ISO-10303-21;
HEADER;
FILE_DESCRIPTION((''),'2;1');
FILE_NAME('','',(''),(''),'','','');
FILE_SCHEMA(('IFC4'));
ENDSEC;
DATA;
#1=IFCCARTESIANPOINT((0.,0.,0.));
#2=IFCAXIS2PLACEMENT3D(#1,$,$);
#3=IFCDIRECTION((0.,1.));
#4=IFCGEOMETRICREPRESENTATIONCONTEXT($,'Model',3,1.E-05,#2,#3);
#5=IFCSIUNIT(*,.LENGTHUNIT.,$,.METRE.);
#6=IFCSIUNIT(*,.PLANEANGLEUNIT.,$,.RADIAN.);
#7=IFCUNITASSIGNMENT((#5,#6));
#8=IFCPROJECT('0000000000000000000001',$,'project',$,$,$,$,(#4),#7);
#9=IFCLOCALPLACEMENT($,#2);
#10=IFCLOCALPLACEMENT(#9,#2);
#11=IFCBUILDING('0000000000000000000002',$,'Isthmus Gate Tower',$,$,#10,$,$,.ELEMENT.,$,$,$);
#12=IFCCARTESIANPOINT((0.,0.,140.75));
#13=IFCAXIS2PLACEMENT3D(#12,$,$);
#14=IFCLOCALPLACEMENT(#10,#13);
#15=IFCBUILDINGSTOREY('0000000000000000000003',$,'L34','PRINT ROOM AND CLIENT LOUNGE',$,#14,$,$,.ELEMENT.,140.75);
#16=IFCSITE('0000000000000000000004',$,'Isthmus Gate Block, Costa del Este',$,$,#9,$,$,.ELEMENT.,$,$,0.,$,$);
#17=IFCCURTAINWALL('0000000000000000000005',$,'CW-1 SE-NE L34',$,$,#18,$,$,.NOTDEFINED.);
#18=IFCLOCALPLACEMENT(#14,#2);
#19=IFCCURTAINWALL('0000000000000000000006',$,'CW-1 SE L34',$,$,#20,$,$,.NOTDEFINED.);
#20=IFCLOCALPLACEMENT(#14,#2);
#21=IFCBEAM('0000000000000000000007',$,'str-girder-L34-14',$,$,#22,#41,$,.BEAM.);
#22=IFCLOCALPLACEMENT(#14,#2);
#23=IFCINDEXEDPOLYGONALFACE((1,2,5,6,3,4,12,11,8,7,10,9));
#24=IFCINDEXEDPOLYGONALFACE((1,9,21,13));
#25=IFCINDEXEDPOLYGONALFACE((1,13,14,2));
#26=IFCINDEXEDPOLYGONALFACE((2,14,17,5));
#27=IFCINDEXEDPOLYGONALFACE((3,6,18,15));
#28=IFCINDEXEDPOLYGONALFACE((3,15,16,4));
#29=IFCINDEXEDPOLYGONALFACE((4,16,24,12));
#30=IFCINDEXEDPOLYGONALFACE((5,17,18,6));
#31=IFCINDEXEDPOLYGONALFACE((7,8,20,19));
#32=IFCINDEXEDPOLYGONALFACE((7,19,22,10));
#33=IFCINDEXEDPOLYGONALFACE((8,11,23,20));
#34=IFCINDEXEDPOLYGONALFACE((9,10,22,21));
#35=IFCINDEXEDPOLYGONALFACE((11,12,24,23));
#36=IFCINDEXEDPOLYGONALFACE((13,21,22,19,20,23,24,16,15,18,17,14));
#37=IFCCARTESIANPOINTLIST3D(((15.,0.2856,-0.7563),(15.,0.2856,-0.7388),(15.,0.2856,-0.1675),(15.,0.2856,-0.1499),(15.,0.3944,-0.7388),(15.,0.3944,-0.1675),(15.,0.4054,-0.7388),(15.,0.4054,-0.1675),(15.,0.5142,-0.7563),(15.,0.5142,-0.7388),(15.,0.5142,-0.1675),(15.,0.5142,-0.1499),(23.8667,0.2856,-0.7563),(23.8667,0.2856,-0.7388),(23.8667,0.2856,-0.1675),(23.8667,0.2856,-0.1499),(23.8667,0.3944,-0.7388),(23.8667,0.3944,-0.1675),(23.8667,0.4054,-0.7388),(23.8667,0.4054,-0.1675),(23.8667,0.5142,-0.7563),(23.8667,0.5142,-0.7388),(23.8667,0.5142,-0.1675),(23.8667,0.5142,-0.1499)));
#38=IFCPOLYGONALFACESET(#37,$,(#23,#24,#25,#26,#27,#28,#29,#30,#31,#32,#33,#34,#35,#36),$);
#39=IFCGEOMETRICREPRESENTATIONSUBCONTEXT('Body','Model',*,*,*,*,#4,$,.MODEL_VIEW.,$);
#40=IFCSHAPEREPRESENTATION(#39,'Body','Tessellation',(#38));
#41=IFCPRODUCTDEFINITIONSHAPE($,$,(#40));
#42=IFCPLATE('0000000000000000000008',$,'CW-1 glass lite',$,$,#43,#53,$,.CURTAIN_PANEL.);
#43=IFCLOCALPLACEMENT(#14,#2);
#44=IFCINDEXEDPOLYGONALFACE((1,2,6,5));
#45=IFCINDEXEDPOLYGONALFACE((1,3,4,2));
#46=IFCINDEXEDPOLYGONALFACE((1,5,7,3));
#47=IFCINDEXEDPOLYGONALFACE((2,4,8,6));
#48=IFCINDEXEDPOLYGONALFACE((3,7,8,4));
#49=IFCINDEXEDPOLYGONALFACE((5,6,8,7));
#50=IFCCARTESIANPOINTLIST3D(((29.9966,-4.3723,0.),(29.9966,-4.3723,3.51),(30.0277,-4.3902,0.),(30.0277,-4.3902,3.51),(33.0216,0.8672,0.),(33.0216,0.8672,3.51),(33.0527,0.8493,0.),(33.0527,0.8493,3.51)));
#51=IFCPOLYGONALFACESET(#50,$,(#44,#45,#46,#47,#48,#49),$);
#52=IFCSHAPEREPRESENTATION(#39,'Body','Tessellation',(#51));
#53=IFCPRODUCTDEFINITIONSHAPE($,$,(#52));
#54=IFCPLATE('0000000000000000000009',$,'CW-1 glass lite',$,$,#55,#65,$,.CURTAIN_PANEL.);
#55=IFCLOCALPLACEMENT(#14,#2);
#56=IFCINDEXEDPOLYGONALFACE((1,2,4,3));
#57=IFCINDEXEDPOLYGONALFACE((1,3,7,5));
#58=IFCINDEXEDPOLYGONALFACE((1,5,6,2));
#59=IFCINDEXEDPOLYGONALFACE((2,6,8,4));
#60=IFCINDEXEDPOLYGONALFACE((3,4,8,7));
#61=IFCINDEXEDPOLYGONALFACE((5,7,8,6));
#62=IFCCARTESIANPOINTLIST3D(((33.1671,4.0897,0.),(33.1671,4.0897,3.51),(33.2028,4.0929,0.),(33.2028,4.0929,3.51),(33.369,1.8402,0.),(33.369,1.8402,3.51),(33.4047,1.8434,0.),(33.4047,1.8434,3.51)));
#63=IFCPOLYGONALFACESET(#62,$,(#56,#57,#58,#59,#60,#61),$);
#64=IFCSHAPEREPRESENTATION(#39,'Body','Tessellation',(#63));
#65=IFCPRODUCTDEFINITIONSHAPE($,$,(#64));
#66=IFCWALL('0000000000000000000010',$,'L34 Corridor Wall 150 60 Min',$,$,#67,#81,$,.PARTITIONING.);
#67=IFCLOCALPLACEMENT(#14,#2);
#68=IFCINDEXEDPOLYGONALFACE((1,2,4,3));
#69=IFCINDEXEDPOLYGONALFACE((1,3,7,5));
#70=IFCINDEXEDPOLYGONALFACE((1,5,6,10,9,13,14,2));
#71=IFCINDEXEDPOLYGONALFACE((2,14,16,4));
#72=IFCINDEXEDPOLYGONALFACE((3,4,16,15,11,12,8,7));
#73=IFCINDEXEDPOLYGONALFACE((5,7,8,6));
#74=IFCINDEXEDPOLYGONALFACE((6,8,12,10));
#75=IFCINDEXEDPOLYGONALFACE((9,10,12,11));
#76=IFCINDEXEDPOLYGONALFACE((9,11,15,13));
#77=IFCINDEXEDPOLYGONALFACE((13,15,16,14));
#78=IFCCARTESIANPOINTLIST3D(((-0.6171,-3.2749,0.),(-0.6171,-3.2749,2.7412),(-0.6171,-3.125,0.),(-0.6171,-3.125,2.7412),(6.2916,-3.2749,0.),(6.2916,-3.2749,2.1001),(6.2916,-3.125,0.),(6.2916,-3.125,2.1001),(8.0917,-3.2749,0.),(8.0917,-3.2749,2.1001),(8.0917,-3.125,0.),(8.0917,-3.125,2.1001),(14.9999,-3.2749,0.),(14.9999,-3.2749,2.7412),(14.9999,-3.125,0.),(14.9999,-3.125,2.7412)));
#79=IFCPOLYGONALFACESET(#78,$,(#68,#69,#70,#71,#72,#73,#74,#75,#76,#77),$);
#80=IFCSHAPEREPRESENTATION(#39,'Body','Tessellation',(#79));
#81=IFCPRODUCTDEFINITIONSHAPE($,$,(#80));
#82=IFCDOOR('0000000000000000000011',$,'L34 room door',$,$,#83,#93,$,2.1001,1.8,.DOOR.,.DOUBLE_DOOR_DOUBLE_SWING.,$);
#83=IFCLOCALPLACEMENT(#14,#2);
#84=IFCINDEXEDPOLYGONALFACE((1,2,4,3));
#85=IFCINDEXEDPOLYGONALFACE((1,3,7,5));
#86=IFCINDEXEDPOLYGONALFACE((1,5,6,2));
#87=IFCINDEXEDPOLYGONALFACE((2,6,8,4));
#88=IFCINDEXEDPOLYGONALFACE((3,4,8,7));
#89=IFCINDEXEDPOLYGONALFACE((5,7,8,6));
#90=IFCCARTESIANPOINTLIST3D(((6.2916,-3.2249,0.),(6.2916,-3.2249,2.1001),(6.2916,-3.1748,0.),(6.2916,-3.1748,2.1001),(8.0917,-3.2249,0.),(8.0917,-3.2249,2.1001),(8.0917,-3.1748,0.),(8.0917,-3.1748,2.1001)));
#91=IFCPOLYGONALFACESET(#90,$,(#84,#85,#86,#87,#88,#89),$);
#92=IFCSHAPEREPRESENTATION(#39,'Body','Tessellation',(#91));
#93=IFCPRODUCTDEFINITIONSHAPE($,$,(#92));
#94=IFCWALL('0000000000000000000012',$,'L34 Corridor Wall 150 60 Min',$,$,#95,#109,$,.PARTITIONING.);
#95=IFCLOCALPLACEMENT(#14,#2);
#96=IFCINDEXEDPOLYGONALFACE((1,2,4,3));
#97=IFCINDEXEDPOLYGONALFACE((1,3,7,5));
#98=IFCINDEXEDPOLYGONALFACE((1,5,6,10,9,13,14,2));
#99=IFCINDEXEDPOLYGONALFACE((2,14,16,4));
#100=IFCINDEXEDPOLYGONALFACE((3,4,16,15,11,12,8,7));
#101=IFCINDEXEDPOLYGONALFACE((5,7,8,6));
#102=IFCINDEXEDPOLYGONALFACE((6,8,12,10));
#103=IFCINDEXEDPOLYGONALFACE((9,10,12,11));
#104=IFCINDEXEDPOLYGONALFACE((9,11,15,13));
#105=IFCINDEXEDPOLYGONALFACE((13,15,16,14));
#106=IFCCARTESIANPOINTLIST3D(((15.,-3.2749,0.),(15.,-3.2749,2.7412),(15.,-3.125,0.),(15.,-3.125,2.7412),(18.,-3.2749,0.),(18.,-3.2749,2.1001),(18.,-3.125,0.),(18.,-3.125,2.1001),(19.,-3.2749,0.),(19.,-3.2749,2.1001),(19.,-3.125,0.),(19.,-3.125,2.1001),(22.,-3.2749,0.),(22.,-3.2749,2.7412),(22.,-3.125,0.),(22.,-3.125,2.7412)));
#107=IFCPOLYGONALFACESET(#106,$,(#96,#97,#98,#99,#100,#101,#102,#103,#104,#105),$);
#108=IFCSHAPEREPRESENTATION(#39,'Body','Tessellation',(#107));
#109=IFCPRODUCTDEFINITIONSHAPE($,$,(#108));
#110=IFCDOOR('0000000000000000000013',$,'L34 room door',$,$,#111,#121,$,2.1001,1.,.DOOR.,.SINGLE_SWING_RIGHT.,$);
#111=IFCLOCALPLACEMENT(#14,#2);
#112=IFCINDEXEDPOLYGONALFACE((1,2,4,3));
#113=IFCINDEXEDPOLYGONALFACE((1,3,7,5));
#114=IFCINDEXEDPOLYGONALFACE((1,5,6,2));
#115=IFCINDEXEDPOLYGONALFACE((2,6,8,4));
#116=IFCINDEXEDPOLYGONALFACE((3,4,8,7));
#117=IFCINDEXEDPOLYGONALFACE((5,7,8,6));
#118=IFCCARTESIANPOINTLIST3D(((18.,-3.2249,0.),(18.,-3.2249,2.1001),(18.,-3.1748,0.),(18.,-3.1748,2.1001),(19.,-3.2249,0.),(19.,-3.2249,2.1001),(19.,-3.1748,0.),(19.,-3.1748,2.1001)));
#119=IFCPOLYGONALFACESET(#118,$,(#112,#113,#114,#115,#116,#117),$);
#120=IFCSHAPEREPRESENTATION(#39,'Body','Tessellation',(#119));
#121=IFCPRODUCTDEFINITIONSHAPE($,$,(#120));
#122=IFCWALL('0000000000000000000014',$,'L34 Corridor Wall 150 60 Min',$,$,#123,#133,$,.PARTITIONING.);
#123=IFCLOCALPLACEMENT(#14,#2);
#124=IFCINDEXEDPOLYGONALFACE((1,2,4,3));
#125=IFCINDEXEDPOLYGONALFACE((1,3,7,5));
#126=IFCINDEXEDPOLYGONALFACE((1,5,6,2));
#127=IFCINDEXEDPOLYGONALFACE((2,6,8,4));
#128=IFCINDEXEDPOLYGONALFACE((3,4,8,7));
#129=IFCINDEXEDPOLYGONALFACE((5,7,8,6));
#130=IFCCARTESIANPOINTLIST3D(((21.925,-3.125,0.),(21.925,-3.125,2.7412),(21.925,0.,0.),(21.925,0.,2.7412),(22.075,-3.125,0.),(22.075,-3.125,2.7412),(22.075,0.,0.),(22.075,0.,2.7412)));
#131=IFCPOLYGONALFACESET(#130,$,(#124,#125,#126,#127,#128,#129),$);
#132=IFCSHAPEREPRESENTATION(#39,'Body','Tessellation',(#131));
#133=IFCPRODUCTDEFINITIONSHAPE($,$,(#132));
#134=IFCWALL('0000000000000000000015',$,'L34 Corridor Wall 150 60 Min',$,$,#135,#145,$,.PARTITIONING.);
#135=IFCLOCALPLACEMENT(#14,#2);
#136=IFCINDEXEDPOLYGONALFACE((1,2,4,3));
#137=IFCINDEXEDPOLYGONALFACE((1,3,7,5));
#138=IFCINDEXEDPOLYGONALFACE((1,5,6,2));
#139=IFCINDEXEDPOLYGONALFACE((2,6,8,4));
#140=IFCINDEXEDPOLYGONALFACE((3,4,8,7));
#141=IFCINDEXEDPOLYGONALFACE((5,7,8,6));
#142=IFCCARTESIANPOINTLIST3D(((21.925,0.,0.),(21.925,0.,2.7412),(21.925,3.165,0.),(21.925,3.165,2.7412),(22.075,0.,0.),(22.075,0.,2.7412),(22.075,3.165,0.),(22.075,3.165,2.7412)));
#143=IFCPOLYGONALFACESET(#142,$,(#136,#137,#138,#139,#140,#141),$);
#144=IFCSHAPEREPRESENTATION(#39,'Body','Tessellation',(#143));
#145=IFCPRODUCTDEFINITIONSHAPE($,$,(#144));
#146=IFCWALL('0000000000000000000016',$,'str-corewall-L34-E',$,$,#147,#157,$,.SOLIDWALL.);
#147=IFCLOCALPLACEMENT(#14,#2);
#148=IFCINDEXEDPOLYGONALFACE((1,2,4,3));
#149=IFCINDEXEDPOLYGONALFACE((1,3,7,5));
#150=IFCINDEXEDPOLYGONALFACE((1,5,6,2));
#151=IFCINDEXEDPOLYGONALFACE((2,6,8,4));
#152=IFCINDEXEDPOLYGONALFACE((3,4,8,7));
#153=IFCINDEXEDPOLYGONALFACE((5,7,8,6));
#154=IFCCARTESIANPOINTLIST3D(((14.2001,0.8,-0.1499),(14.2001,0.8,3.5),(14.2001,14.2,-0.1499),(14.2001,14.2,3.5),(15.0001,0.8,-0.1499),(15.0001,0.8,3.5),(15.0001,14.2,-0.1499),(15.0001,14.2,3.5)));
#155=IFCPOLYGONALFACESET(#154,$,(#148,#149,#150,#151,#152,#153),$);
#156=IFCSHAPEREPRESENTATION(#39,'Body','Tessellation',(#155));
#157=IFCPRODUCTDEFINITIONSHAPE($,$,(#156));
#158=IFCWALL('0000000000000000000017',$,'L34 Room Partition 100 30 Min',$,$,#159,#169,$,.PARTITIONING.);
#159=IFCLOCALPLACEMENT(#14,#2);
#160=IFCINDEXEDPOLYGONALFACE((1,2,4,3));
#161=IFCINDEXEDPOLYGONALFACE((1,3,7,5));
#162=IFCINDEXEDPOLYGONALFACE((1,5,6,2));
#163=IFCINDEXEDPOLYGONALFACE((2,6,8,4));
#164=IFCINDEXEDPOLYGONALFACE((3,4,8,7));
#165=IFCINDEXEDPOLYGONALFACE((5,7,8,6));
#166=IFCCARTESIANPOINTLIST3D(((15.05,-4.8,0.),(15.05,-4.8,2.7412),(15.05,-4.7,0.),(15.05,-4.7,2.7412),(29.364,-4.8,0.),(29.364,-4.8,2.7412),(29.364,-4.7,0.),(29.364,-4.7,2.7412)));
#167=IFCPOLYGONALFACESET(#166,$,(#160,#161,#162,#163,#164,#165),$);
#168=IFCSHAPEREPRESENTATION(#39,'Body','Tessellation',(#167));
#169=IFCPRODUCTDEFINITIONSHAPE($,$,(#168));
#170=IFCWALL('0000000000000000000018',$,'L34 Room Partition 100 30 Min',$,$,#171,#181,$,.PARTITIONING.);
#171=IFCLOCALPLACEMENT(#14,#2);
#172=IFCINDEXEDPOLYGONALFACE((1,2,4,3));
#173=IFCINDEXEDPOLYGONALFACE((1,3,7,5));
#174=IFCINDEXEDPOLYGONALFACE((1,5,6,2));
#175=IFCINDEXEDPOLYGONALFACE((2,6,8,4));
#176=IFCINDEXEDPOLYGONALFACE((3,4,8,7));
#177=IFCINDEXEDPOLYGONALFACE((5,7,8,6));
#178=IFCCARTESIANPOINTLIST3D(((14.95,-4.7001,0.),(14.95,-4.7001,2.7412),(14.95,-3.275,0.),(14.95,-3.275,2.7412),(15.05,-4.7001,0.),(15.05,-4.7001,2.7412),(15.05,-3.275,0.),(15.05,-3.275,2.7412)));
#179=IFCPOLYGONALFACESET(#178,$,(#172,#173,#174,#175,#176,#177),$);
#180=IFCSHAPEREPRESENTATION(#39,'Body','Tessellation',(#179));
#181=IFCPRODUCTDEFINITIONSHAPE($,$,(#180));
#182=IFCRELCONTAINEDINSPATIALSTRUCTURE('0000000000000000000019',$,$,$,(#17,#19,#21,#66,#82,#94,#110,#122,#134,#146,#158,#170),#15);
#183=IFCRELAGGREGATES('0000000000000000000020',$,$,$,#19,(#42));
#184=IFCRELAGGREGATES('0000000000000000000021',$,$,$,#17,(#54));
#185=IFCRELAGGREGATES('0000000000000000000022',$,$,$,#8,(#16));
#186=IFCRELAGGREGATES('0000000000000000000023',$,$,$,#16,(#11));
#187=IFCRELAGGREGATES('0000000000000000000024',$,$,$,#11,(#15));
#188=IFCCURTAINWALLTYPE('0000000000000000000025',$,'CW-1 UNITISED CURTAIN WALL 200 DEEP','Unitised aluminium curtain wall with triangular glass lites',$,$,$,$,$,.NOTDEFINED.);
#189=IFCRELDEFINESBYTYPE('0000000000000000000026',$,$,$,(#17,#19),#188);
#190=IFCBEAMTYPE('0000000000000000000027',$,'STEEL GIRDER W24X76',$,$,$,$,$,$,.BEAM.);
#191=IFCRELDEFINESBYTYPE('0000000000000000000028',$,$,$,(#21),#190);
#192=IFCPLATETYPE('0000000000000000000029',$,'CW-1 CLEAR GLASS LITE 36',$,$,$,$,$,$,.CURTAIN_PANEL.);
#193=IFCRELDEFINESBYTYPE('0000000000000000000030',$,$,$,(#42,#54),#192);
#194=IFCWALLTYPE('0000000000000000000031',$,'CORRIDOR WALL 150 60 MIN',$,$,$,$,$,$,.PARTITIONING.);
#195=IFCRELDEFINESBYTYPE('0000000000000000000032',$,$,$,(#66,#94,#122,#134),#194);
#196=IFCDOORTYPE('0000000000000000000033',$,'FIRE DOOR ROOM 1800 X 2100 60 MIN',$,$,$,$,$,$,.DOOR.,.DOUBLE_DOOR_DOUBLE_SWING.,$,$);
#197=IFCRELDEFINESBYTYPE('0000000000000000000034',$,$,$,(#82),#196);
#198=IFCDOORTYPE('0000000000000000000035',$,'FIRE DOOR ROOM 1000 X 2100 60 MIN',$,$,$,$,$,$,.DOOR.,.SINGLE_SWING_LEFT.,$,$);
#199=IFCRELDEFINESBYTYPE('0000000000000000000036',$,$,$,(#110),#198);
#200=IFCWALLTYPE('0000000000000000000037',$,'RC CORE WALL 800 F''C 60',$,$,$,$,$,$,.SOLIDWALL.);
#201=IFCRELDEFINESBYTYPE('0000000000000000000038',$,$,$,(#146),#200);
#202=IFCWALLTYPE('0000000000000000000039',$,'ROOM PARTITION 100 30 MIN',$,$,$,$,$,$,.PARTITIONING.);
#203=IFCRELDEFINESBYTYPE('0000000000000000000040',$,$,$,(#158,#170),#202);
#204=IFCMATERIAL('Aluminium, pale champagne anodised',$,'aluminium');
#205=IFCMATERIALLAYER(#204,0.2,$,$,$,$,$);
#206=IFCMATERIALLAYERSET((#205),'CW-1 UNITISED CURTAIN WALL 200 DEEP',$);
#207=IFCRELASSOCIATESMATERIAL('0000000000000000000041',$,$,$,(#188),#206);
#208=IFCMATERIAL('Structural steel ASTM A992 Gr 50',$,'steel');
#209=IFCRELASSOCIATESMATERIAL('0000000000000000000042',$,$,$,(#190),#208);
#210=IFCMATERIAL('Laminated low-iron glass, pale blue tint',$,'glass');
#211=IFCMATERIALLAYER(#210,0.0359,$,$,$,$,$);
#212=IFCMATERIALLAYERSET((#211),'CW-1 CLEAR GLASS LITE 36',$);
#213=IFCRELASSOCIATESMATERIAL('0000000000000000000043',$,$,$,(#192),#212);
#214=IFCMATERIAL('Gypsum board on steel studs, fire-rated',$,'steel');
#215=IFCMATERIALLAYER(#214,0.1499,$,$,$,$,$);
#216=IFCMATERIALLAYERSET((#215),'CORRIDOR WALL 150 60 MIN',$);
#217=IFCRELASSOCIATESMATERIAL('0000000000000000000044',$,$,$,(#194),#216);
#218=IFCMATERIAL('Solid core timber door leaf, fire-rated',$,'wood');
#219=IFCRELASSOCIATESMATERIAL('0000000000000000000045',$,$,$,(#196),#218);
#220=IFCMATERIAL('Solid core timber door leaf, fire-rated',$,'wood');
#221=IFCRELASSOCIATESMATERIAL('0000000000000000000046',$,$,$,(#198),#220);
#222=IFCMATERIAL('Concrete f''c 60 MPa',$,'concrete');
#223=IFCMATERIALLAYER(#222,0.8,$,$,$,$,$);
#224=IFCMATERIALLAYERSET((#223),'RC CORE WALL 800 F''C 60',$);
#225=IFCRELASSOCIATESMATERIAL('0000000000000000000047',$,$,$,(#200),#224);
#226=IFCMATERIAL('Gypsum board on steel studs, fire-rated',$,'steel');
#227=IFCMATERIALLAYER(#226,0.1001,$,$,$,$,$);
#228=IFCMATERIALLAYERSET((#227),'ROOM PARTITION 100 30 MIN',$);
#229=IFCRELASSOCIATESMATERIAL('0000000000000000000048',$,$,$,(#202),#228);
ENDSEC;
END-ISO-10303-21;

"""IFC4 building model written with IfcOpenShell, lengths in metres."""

from ifc_helpers import new_model, si_unit, direction, frame, frame_2d, origin, origin_2d, place, context, subcontext, project, spatial, rectangle, i_section, extrude, material, layer, layer_set, material_profile, profile_set, type_object, element, fill, aggregate, save


model = new_model("IFC4")

# Units and contexts
model_context = context("Model", 3, precision=1e-05, world=origin(), true_north=direction((0.0, 1.0)))
body_context = subcontext(model_context, "Body", "Model", "MODEL_VIEW")
ifc_project = project(units=[si_unit("LENGTHUNIT", "METRE"), si_unit("PLANEANGLEUNIT", "RADIAN")], contexts=[model_context])

# Site, building, storey
site_placement = place(None, origin())
site = spatial("IfcSite", under=ifc_project, at=site_placement, Name="Isthmus Gate Block, Costa del Este", CompositionType="ELEMENT", RefElevation=0.0)
building_placement = place(site_placement, origin())
building = spatial("IfcBuilding", under=site, at=building_placement, Name="Isthmus Gate Tower", CompositionType="ELEMENT")
storey_placement = place(building_placement, frame((0.0, 0.0, 140.75)))
storey = spatial("IfcBuildingStorey", under=building, at=storey_placement, Name="L34", Description="PRINT ROOM AND CLIENT LOUNGE", CompositionType="ELEMENT", Elevation=140.75)

# Curtain walls
ifc_material_1 = material(Name="Aluminium, pale champagne anodised", Category="aluminium")
ifc_layer_1 = layer(ifc_material_1, 0.2)
ifc_layer_set_1 = layer_set([ifc_layer_1], Name="CW-1 UNITISED CURTAIN WALL 200 DEEP")
curtain_wall_type = type_object("IfcCurtainWallType", Name="CW-1 UNITISED CURTAIN WALL 200 DEEP", Description="Unitised aluminium curtain wall with triangular glass lites", PredefinedType="NOTDEFINED", material=ifc_layer_set_1)
curtain_wall_1_placement = place(storey_placement, origin())
curtain_wall_1 = element("IfcCurtainWall", 1, at=curtain_wall_1_placement, inside=storey, type_object=curtain_wall_type, Name="CW-1 SE-NE L34", PredefinedType="NOTDEFINED")
curtain_wall_2_placement = place(storey_placement, origin())
curtain_wall_2 = element("IfcCurtainWall", 2, at=curtain_wall_2_placement, inside=storey, type_object=curtain_wall_type, Name="CW-1 SE L34", PredefinedType="NOTDEFINED")

# Beam
ifc_material_2 = material(Name="Structural steel ASTM A992 Gr 50", Category="steel")
ifc_material_profile_1 = material_profile(ifc_material_2, i_section(OverallWidth=0.2285, OverallDepth=0.6064, WebThickness=0.011, FlangeThickness=0.0176, at=origin_2d()), Name="W24X76")
ifc_profile_set_1 = profile_set([ifc_material_profile_1], Name="Structural steel ASTM A992 Gr 50")
beam_type_1 = type_object("IfcBeamType", Name="STEEL GIRDER W24X76", PredefinedType="BEAM", material=ifc_profile_set_1)
beam_1_placement = place(storey_placement, frame((15.0, 0.3999, -0.4531), z_axis=(1.0, 0.0, 0.0), x_axis=(0.0, 1.0, 0.0)))
element("IfcBeam", 3, at=beam_1_placement, inside=storey, type_object=beam_type_1, Name="str-girder-L34-14", PredefinedType="BEAM", context=body_context, shape_type="SweptSolid", body=[
    extrude(i_section(OverallWidth=0.2285, OverallDepth=0.6064, WebThickness=0.011, FlangeThickness=0.0176, at=origin_2d()), origin(), (0.0, 0.0, 1.0), 8.8667),
])

# Plates
ifc_material_3 = material(Name="Laminated low-iron glass, pale blue tint", Category="glass")
ifc_layer_2 = layer(ifc_material_3, 0.0359)
ifc_layer_set_2 = layer_set([ifc_layer_2], Name="CW-1 CLEAR GLASS LITE 36")
plate_type = type_object("IfcPlateType", Name="CW-1 CLEAR GLASS LITE 36", PredefinedType="CURTAIN_PANEL", material=ifc_layer_set_2)
plate_1_placement = place(storey_placement, frame((31.5247, -1.7615, 0.0), z_axis=(0.0, 0.0, 1.0), x_axis=(0.5, 0.866025, 0.0)))
plate_1 = element("IfcPlate", 4, at=plate_1_placement, type_object=plate_type, Name="CW-1 glass lite", PredefinedType="CURTAIN_PANEL", context=body_context, shape_type="SweptSolid", body=[
    extrude(rectangle(XDim=6.05, YDim=0.0359, at=origin_2d()), origin(), (0.0, 0.0, 1.0), 3.51),
])
aggregate(curtain_wall_2, [plate_1])
plate_2_placement = place(storey_placement, frame((33.2859, 2.9666, 0.0), z_axis=(0.0, 0.0, 1.0), x_axis=(-0.089397, 0.995996, 0.0)))
plate_2 = element("IfcPlate", 5, at=plate_2_placement, type_object=plate_type, Name="CW-1 glass lite", PredefinedType="CURTAIN_PANEL", context=body_context, shape_type="SweptSolid", body=[
    extrude(rectangle(XDim=2.2585, YDim=0.0359, at=origin_2d()), origin(), (0.0, 0.0, 1.0), 3.51),
])
aggregate(curtain_wall_1, [plate_2])

# Walls, openings, doors
ifc_material_4 = material(Name="Gypsum board on steel studs, fire-rated", Category="steel")
ifc_layer_3 = layer(ifc_material_4, 0.1499)
ifc_layer_set_3 = layer_set([ifc_layer_3], Name="CORRIDOR WALL 150 60 MIN")
wall_type_1 = type_object("IfcWallType", Name="CORRIDOR WALL 150 60 MIN", PredefinedType="PARTITIONING", material=ifc_layer_set_3)
wall_1_placement = place(storey_placement, frame((15.0, -3.2, 0.0), z_axis=(0.0, 0.0, 1.0), x_axis=(-1.0, 0.0, 0.0)))
wall_1 = element("IfcWall", 6, at=wall_1_placement, inside=storey, type_object=wall_type_1, Name="L34 Corridor Wall 150 60 Min", PredefinedType="PARTITIONING", context=body_context, shape_type="SweptSolid", body=[
    extrude(rectangle(XDim=15.6169, YDim=0.1499, at=frame_2d((7.8086, 0.0))), origin(), (0.0, 0.0, 1.0), 2.7412),
])
opening_1_placement = place(wall_1_placement, frame((6.9084, 0.0, 0.0)))
opening_1 = element("IfcOpeningElement", 7, at=opening_1_placement, cuts=wall_1, PredefinedType="OPENING", context=body_context, shape_type="SweptSolid", body=[
    extrude(rectangle(XDim=1.8, YDim=2.1001, at=frame_2d((0.8999, 1.05))), frame((0.0, 0.085, 0.0), z_axis=(0.0, -1.0, 0.0), x_axis=(1.0, 0.0, 0.0)), (0.0, 0.0, 1.0), 0.1699),
])
ifc_material_5 = material(Name="Solid core timber door leaf, fire-rated", Category="wood")
door_type_1 = type_object("IfcDoorType", Name="FIRE DOOR ROOM 1800 X 2100 60 MIN", OperationType="DOUBLE_DOOR_DOUBLE_SWING", PredefinedType="DOOR", material=ifc_material_5)
door_1_placement = place(opening_1_placement, origin())
door_1 = element("IfcDoor", 8, at=door_1_placement, inside=storey, type_object=door_type_1, Name="L34 room door", OperationType="DOUBLE_DOOR_DOUBLE_SWING", OverallHeight=2.1001, OverallWidth=1.8, PredefinedType="DOOR", context=body_context, shape_type="SweptSolid", body=[
    extrude(rectangle(XDim=1.8, YDim=2.1001, at=frame_2d((0.8999, 1.05))), frame((0.0, 0.0249, 0.0), z_axis=(0.0, -1.0, 0.0), x_axis=(1.0, 0.0, 0.0)), (0.0, 0.0, 1.0), 0.05),
])
fill(opening_1, door_1)
wall_2_placement = place(storey_placement, frame((22.0, -3.2, 0.0), z_axis=(0.0, 0.0, 1.0), x_axis=(-1.0, 0.0, 0.0)))
wall_2 = element("IfcWall", 9, at=wall_2_placement, inside=storey, type_object=wall_type_1, Name="L34 Corridor Wall 150 60 Min", PredefinedType="PARTITIONING", context=body_context, shape_type="SweptSolid", body=[
    extrude(rectangle(XDim=7.0, YDim=0.1499, at=frame_2d((3.5, 0.0))), origin(), (0.0, 0.0, 1.0), 2.7412),
])
opening_2_placement = place(wall_2_placement, frame((3.0, 0.0, 0.0)))
opening_2 = element("IfcOpeningElement", 10, at=opening_2_placement, cuts=wall_2, PredefinedType="OPENING", context=body_context, shape_type="SweptSolid", body=[
    extrude(rectangle(XDim=1.0, YDim=2.1001, at=frame_2d((0.5, 1.05))), frame((0.0, 0.085, 0.0), z_axis=(0.0, -1.0, 0.0), x_axis=(1.0, 0.0, 0.0)), (0.0, 0.0, 1.0), 0.1699),
])
ifc_material_6 = material(Name="Solid core timber door leaf, fire-rated", Category="wood")
door_type_2 = type_object("IfcDoorType", Name="FIRE DOOR ROOM 1000 X 2100 60 MIN", OperationType="SINGLE_SWING_LEFT", PredefinedType="DOOR", material=ifc_material_6)
door_2_placement = place(opening_2_placement, origin())
door_2 = element("IfcDoor", 11, at=door_2_placement, inside=storey, type_object=door_type_2, Name="L34 room door", OperationType="SINGLE_SWING_RIGHT", OverallHeight=2.1001, OverallWidth=1.0, PredefinedType="DOOR", context=body_context, shape_type="SweptSolid", body=[
    extrude(rectangle(XDim=1.0, YDim=2.1001, at=frame_2d((0.5, 1.05))), frame((0.0, 0.0249, 0.0), z_axis=(0.0, -1.0, 0.0), x_axis=(1.0, 0.0, 0.0)), (0.0, 0.0, 1.0), 0.05),
])
fill(opening_2, door_2)

# Walls
wall_3_placement = place(storey_placement, frame((22.0, 0.0, 0.0), z_axis=(0.0, 0.0, 1.0), x_axis=(0.0, -1.0, 0.0)))
element("IfcWall", 12, at=wall_3_placement, inside=storey, type_object=wall_type_1, Name="L34 Corridor Wall 150 60 Min", PredefinedType="PARTITIONING", context=body_context, shape_type="SweptSolid", body=[
    extrude(rectangle(XDim=3.125, YDim=0.1499, at=frame_2d((1.5625, 0.0))), origin(), (0.0, 0.0, 1.0), 2.7412),
])
wall_4_placement = place(storey_placement, frame((22.0, 3.165, 0.0), z_axis=(0.0, 0.0, 1.0), x_axis=(0.0, -1.0, 0.0)))
element("IfcWall", 13, at=wall_4_placement, inside=storey, type_object=wall_type_1, Name="L34 Corridor Wall 150 60 Min", PredefinedType="PARTITIONING", context=body_context, shape_type="SweptSolid", body=[
    extrude(rectangle(XDim=3.165, YDim=0.1499, at=frame_2d((1.5825, 0.0))), origin(), (0.0, 0.0, 1.0), 2.7412),
])
ifc_material_7 = material(Name="Concrete f'c 60 MPa", Category="concrete")
ifc_layer_4 = layer(ifc_material_7, 0.8)
ifc_layer_set_4 = layer_set([ifc_layer_4], Name="RC CORE WALL 800 F'C 60")
wall_type_2 = type_object("IfcWallType", Name="RC CORE WALL 800 F'C 60", PredefinedType="SOLIDWALL", material=ifc_layer_set_4)
wall_5_placement = place(storey_placement, frame((14.6001, 0.8, -0.1499), z_axis=(0.0, 0.0, 1.0), x_axis=(0.0, 1.0, 0.0)))
element("IfcWall", 14, at=wall_5_placement, inside=storey, type_object=wall_type_2, Name="str-corewall-L34-E", PredefinedType="SOLIDWALL", context=body_context, shape_type="SweptSolid", body=[
    extrude(rectangle(XDim=13.3999, YDim=0.8, at=frame_2d((6.7, 0.0))), origin(), (0.0, 0.0, 1.0), 3.6499),
])
ifc_material_8 = material(Name="Gypsum board on steel studs, fire-rated", Category="steel")
ifc_layer_5 = layer(ifc_material_8, 0.1001)
ifc_layer_set_5 = layer_set([ifc_layer_5], Name="ROOM PARTITION 100 30 MIN")
wall_type_3 = type_object("IfcWallType", Name="ROOM PARTITION 100 30 MIN", PredefinedType="PARTITIONING", material=ifc_layer_set_5)
wall_6_placement = place(storey_placement, frame((15.05, -4.75, 0.0), z_axis=(0.0, 0.0, 1.0), x_axis=(1.0, 0.0, 0.0)))
element("IfcWall", 15, at=wall_6_placement, inside=storey, type_object=wall_type_3, Name="L34 Room Partition 100 30 Min", PredefinedType="PARTITIONING", context=body_context, shape_type="SweptSolid", body=[
    extrude(rectangle(XDim=14.314, YDim=0.1001, at=frame_2d((7.157, 0.0))), origin(), (0.0, 0.0, 1.0), 2.7412),
])
wall_7_placement = place(storey_placement, frame((15.0, -4.7, 0.0), z_axis=(0.0, 0.0, 1.0), x_axis=(0.0, 1.0, 0.0)))
element("IfcWall", 16, at=wall_7_placement, inside=storey, type_object=wall_type_3, Name="L34 Room Partition 100 30 Min", PredefinedType="PARTITIONING", context=body_context, shape_type="SweptSolid", body=[
    extrude(rectangle(XDim=1.425, YDim=0.1001, at=frame_2d((0.7124, 0.0))), origin(), (0.0, 0.0, 1.0), 2.7412),
])

save(model, "model.ifc")
